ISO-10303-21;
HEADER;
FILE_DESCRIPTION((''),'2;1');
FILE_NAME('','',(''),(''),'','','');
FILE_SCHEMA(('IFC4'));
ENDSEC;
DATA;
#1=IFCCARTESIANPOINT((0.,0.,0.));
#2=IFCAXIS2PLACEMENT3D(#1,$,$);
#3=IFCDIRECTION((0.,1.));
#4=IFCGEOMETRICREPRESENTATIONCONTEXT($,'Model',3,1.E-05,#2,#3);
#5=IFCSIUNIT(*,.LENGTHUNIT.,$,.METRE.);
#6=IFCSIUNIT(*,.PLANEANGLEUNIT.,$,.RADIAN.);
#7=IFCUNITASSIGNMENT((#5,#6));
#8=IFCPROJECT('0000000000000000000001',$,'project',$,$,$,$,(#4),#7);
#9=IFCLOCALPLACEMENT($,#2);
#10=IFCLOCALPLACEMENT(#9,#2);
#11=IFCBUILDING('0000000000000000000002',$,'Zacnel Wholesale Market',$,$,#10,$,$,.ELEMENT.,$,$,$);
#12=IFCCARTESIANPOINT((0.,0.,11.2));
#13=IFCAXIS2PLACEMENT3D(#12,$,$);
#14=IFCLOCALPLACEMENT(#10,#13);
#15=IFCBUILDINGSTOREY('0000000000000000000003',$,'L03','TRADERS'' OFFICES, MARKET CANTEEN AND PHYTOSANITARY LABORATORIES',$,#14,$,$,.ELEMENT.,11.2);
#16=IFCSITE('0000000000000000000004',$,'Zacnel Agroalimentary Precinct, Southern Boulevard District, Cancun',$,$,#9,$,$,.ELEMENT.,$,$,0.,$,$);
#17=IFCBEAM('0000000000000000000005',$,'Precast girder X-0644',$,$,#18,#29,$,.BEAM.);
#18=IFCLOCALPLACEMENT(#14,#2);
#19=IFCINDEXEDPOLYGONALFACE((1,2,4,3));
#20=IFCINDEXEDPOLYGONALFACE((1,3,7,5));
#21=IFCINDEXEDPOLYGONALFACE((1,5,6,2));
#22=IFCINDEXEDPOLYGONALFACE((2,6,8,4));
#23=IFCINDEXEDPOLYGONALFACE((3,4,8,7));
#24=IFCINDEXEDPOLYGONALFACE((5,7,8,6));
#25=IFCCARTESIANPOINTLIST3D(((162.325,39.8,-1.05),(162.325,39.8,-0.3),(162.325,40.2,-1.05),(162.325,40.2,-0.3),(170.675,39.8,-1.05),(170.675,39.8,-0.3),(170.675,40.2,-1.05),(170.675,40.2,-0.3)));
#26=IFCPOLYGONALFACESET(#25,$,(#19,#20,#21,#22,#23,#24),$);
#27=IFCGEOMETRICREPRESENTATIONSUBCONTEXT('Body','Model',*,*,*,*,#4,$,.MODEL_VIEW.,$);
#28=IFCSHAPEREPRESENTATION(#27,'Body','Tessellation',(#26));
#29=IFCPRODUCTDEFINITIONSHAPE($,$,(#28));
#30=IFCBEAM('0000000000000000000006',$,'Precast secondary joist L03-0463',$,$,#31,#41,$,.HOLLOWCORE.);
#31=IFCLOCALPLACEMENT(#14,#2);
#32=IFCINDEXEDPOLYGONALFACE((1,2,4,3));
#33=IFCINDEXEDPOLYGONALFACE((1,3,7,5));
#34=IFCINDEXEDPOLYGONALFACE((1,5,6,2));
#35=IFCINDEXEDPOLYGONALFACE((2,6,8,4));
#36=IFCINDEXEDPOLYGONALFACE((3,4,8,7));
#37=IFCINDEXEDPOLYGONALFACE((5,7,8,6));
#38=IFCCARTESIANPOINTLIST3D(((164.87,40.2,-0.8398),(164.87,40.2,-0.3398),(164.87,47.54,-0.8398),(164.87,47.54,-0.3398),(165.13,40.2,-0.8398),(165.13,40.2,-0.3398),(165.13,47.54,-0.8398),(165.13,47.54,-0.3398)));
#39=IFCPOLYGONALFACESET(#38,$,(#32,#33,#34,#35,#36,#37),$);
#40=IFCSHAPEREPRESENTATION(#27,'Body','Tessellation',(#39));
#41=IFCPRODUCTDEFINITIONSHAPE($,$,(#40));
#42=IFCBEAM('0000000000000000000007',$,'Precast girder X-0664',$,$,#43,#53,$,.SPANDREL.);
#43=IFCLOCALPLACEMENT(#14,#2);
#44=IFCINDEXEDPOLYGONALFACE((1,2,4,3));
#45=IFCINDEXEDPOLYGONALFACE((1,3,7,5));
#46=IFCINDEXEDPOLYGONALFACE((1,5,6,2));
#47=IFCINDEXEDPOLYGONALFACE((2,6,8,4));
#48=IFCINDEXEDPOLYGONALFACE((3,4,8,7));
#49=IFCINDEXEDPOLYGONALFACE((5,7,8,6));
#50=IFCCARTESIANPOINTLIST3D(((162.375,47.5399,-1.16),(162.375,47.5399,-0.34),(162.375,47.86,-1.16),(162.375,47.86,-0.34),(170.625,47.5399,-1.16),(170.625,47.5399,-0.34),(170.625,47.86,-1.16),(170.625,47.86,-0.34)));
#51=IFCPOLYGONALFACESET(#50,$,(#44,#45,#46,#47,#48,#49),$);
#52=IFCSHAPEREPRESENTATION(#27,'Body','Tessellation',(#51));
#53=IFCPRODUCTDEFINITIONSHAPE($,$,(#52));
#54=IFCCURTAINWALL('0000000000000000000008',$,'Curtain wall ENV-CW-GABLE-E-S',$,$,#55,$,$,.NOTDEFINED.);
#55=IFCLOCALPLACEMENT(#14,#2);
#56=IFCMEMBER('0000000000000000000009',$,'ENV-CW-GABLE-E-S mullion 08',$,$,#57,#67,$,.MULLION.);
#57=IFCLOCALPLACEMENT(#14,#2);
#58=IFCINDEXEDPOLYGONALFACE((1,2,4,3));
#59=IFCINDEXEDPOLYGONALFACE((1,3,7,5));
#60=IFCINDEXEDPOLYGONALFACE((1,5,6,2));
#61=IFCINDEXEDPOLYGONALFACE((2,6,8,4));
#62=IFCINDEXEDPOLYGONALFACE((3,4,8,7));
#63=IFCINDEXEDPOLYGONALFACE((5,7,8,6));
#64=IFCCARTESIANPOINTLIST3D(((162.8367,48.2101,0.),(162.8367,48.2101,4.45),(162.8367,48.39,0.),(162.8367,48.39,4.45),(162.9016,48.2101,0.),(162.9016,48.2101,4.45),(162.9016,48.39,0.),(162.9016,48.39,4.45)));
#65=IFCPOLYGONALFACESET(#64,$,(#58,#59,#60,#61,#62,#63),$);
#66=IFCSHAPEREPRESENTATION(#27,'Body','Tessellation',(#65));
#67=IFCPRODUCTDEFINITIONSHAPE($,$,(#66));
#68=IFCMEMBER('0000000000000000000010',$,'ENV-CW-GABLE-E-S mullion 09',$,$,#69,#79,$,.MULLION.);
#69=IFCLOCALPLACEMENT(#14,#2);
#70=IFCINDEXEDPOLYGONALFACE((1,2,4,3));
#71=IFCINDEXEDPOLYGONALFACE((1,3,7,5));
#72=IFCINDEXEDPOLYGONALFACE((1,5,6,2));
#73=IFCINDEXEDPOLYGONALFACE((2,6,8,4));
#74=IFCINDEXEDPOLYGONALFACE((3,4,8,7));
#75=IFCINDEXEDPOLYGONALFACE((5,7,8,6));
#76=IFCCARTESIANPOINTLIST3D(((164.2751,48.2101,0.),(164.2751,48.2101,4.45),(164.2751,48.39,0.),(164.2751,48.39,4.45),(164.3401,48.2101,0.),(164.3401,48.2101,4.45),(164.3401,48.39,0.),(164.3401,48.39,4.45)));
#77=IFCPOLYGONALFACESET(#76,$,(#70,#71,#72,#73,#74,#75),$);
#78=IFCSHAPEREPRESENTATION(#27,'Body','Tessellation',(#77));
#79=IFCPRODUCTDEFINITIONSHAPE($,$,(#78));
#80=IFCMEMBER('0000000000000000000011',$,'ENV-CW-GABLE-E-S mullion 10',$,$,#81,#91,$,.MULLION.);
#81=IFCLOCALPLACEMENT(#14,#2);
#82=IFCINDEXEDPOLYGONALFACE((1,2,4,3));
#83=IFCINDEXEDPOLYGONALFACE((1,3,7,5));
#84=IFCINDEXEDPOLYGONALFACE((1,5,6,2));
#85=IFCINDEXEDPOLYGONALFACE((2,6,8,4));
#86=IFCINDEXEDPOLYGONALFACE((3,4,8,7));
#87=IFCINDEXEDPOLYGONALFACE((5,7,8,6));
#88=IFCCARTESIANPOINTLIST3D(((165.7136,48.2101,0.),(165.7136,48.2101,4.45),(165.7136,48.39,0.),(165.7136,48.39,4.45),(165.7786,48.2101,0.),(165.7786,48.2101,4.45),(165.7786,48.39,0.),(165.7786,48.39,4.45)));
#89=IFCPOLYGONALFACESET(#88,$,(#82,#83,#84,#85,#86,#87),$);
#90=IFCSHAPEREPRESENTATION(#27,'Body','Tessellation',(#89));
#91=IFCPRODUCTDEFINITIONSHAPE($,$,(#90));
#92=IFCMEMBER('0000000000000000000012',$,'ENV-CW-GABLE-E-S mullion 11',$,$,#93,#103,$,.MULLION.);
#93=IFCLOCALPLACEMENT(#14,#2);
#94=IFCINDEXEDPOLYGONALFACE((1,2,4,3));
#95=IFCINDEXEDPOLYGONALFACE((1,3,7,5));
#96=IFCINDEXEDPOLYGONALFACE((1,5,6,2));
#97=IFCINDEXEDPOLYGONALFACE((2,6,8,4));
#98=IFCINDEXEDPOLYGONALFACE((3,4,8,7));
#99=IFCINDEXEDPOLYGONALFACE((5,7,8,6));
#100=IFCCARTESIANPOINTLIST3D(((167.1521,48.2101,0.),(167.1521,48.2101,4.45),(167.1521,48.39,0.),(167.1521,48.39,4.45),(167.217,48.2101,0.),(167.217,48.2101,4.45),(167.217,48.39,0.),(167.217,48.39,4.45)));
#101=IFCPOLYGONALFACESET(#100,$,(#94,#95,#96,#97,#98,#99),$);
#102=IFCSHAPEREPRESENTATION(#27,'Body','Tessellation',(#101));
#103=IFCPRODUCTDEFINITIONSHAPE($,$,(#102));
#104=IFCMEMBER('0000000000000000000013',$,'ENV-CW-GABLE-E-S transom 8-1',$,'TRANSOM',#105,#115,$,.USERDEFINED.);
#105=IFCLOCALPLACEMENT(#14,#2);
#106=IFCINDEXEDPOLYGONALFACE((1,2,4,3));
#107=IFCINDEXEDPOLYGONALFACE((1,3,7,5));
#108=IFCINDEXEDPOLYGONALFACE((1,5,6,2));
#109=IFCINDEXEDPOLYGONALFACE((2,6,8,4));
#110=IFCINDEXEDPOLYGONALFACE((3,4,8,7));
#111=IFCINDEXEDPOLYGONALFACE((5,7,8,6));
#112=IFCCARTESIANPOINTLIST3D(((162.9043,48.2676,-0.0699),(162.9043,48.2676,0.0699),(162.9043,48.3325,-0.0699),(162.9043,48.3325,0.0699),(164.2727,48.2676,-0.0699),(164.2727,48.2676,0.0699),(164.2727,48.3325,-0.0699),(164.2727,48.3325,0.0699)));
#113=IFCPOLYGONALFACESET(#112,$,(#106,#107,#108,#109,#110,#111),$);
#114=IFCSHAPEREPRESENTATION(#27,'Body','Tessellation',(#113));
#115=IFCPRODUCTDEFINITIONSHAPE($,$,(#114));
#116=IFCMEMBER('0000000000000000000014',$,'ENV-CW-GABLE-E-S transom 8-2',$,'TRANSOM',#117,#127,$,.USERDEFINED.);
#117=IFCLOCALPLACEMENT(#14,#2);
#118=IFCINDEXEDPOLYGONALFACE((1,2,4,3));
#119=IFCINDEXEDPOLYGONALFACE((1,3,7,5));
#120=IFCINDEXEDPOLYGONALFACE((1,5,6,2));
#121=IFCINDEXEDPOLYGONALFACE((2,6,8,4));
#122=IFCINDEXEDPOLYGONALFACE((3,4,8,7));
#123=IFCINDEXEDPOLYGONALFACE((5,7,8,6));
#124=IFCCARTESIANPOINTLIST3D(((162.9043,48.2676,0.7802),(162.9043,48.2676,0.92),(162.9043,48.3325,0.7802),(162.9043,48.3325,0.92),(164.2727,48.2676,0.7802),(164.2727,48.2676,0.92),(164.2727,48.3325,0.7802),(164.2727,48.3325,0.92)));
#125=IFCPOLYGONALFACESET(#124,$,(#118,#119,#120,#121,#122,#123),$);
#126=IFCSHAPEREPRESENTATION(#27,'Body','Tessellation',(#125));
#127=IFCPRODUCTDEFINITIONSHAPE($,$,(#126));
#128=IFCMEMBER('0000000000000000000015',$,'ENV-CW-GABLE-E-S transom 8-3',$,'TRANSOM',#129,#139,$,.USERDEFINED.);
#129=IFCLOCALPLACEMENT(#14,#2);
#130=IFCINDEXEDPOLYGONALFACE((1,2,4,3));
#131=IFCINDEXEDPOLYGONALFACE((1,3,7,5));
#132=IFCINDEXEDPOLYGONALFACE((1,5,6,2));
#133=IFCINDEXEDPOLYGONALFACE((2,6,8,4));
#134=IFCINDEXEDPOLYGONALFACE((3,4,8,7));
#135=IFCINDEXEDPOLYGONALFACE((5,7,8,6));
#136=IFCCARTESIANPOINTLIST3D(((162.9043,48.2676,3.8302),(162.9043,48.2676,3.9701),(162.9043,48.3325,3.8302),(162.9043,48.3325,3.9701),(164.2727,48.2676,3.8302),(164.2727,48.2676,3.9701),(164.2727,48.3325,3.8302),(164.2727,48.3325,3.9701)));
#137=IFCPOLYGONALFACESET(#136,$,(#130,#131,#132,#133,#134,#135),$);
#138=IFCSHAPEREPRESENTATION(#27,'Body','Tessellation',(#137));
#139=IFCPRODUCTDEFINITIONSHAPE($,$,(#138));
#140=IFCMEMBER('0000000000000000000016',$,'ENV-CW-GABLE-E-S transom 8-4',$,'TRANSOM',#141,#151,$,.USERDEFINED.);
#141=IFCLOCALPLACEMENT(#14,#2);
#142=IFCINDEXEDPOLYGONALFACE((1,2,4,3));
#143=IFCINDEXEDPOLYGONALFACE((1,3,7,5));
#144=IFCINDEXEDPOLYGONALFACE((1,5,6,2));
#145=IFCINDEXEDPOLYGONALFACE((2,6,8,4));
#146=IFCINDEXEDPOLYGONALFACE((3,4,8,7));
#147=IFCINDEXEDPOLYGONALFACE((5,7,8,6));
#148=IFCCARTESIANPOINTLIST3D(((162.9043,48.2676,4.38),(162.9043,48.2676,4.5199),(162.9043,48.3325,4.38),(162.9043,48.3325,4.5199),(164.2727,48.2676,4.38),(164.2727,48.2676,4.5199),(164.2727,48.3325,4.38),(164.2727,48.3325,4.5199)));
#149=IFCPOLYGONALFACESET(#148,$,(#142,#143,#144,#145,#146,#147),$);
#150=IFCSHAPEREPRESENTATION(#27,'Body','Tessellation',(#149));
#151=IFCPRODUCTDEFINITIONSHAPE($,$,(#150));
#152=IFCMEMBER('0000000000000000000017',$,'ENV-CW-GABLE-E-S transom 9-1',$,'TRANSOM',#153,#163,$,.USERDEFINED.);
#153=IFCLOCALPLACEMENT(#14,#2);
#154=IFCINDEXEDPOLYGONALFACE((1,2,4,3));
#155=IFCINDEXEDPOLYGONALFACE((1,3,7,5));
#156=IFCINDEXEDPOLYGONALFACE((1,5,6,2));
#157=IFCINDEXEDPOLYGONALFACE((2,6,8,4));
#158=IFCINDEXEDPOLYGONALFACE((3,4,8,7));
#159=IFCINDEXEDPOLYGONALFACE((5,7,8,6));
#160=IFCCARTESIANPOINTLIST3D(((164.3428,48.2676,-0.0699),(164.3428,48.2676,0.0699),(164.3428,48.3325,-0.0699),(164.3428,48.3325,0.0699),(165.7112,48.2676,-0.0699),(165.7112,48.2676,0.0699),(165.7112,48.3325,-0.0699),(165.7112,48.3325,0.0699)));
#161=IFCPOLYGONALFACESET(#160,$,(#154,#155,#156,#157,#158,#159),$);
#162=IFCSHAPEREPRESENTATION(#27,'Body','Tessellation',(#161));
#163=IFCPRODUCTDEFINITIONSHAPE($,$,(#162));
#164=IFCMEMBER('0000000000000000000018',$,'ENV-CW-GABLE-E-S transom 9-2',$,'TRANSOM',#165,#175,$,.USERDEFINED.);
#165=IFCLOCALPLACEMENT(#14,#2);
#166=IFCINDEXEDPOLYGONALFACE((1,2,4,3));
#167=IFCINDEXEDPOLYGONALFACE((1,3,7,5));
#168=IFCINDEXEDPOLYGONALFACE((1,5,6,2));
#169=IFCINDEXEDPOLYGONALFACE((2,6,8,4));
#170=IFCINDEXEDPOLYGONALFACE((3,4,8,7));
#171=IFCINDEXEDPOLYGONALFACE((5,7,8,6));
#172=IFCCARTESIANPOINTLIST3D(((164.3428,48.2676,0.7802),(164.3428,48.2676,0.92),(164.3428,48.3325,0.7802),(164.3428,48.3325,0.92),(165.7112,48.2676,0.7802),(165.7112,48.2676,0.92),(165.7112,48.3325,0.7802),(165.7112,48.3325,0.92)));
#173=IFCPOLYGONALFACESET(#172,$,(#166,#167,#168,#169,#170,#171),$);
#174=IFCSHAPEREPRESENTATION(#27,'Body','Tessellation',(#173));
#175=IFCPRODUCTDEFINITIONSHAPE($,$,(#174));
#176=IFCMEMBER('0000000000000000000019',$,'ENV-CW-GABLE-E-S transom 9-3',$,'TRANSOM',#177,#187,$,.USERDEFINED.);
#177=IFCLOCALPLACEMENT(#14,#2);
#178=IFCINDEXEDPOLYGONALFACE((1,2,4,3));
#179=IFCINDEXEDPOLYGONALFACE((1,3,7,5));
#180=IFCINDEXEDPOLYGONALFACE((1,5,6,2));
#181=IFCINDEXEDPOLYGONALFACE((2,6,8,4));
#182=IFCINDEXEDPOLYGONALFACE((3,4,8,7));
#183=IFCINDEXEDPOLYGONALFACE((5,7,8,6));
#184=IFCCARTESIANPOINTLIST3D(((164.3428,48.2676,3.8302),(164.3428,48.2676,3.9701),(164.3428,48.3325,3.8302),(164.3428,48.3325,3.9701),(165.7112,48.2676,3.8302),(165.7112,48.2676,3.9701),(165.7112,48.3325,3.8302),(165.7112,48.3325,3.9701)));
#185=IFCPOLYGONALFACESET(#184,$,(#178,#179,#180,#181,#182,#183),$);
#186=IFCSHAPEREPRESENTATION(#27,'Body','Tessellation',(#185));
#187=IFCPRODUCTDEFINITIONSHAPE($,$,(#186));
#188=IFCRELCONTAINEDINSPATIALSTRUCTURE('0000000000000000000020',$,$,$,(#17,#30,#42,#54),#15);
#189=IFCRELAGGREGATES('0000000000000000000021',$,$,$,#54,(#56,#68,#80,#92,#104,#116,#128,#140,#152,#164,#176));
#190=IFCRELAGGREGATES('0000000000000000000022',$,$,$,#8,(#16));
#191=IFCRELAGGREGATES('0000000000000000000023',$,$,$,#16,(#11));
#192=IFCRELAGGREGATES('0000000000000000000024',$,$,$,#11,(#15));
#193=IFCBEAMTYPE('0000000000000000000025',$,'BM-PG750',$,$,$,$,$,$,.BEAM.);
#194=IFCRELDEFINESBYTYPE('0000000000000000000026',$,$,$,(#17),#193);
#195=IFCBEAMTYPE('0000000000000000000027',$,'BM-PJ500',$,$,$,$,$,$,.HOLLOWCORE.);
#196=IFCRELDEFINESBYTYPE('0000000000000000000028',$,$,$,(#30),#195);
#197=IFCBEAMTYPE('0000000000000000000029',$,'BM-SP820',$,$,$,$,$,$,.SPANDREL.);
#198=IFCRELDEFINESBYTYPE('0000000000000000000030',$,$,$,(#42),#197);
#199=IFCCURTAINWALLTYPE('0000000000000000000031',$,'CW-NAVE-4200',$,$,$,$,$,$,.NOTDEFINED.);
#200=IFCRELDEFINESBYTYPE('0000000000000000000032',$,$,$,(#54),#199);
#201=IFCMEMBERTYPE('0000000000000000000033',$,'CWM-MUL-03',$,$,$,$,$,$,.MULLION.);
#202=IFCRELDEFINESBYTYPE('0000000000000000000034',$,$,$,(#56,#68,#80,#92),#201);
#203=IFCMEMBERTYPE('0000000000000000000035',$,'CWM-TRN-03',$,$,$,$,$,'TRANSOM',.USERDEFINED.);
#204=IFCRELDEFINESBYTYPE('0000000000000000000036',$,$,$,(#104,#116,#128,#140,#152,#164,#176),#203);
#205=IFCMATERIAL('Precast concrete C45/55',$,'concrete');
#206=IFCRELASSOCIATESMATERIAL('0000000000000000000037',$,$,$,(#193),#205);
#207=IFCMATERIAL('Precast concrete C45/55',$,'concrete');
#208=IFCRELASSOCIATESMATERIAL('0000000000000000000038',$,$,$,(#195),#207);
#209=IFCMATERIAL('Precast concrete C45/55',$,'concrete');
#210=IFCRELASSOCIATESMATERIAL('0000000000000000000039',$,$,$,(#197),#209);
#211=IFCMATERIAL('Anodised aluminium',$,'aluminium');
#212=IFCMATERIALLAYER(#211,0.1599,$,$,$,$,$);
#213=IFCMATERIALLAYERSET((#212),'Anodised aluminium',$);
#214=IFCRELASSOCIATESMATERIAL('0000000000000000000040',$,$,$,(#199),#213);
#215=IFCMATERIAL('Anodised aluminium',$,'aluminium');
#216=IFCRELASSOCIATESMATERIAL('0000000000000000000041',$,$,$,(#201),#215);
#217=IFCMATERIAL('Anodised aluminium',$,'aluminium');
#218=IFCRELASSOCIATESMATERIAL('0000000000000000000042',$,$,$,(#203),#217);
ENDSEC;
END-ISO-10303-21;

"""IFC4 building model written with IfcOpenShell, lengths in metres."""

from ifc_helpers import new_model, si_unit, direction, frame, origin, origin_2d, place, context, subcontext, project, spatial, rectangle, extrude, material, layer, layer_set, material_profile, profile_set, type_object, element, aggregate, save


model = new_model("IFC4")

# Units and contexts
model_context = context("Model", 3, precision=1e-05, world=origin(), true_north=direction((0.0, 1.0)))
body_context = subcontext(model_context, "Body", "Model", "MODEL_VIEW")
ifc_project = project(units=[si_unit("LENGTHUNIT", "METRE"), si_unit("PLANEANGLEUNIT", "RADIAN")], contexts=[model_context])

# Site, building, storey
site_placement = place(None, origin())
site = spatial("IfcSite", under=ifc_project, at=site_placement, Name="Zacnel Agroalimentary Precinct, Southern Boulevard District, Cancun", CompositionType="ELEMENT", RefElevation=0.0)
building_placement = place(site_placement, origin())
building = spatial("IfcBuilding", under=site, at=building_placement, Name="Zacnel Wholesale Market", CompositionType="ELEMENT")
storey_placement = place(building_placement, frame((0.0, 0.0, 11.2)))
storey = spatial("IfcBuildingStorey", under=building, at=storey_placement, Name="L03", Description="TRADERS' OFFICES, MARKET CANTEEN AND PHYTOSANITARY LABORATORIES", CompositionType="ELEMENT", Elevation=11.2)

# Beams
ifc_material_1 = material(Name="Precast concrete C45/55", Category="concrete")
ifc_material_profile_1 = material_profile(ifc_material_1, rectangle(XDim=0.3999, YDim=0.75, at=origin_2d()), Name="PG 400x750")
ifc_profile_set_1 = profile_set([ifc_material_profile_1], Name="Precast concrete C45/55")
beam_type_1 = type_object("IfcBeamType", Name="BM-PG750", PredefinedType="BEAM", material=ifc_profile_set_1)
beam_1_placement = place(storey_placement, frame((162.325, 40.0, -0.675), z_axis=(1.0, 0.0, 0.0), x_axis=(0.0, 1.0, 0.0)))
element("IfcBeam", 1, at=beam_1_placement, inside=storey, type_object=beam_type_1, Name="Precast girder X-0644", PredefinedType="BEAM", context=body_context, shape_type="SweptSolid", body=[
    extrude(rectangle(XDim=0.3999, YDim=0.75, at=origin_2d()), origin(), (0.0, 0.0, 1.0), 8.3501),
])
ifc_material_2 = material(Name="Precast concrete C45/55", Category="concrete")
ifc_material_profile_2 = material_profile(ifc_material_2, rectangle(XDim=0.26, YDim=0.5, at=origin_2d()), Name="PJ 260x500")
ifc_profile_set_2 = profile_set([ifc_material_profile_2], Name="Precast concrete C45/55")
beam_type_2 = type_object("IfcBeamType", Name="BM-PJ500", PredefinedType="HOLLOWCORE", material=ifc_profile_set_2)
beam_2_placement = place(storey_placement, frame((165.0, 40.2, -0.5898), z_axis=(0.0, 1.0, 0.0), x_axis=(-1.0, 0.0, 0.0)))
element("IfcBeam", 2, at=beam_2_placement, inside=storey, type_object=beam_type_2, Name="Precast secondary joist L03-0463", PredefinedType="HOLLOWCORE", context=body_context, shape_type="SweptSolid", body=[
    extrude(rectangle(XDim=0.26, YDim=0.5, at=origin_2d()), origin(), (0.0, 0.0, 1.0), 7.3401),
])
ifc_material_3 = material(Name="Precast concrete C45/55", Category="concrete")
ifc_material_profile_3 = material_profile(ifc_material_3, rectangle(XDim=0.3201, YDim=0.8201, at=origin_2d()), Name="SP 320x820")
ifc_profile_set_3 = profile_set([ifc_material_profile_3], Name="Precast concrete C45/55")
beam_type_3 = type_object("IfcBeamType", Name="BM-SP820", PredefinedType="SPANDREL", material=ifc_profile_set_3)
beam_3_placement = place(storey_placement, frame((162.375, 47.7, -0.75), z_axis=(1.0, 0.0, 0.0), x_axis=(0.0, 1.0, 0.0)))
element("IfcBeam", 3, at=beam_3_placement, inside=storey, type_object=beam_type_3, Name="Precast girder X-0664", PredefinedType="SPANDREL", context=body_context, shape_type="SweptSolid", body=[
    extrude(rectangle(XDim=0.3201, YDim=0.8201, at=origin_2d()), origin(), (0.0, 0.0, 1.0), 8.25),
])

# Curtain wall, members
ifc_material_4 = material(Name="Anodised aluminium", Category="aluminium")
ifc_layer_1 = layer(ifc_material_4, 0.1599)
ifc_layer_set_1 = layer_set([ifc_layer_1], Name="Anodised aluminium")
curtain_wall_type = type_object("IfcCurtainWallType", Name="CW-NAVE-4200", PredefinedType="NOTDEFINED", material=ifc_layer_set_1)
curtain_wall_placement = place(storey_placement, origin())
curtain_wall = element("IfcCurtainWall", 4, at=curtain_wall_placement, inside=storey, type_object=curtain_wall_type, Name="Curtain wall ENV-CW-GABLE-E-S", PredefinedType="NOTDEFINED")
ifc_material_5 = material(Name="Anodised aluminium", Category="aluminium")
ifc_material_profile_4 = material_profile(ifc_material_5, rectangle(XDim=0.0649, YDim=0.1799, at=origin_2d()), Name="AW-MULLION 65x180")
ifc_profile_set_4 = profile_set([ifc_material_profile_4], Name="Anodised aluminium")
member_type_1 = type_object("IfcMemberType", Name="CWM-MUL-03", PredefinedType="MULLION", material=ifc_profile_set_4)
member_1_placement = place(storey_placement, frame((162.8691, 48.3, 0.0), z_axis=(0.0, 0.0, 1.0), x_axis=(1.0, 0.0, 0.0)))
member_1 = element("IfcMember", 5, at=member_1_placement, type_object=member_type_1, Name="ENV-CW-GABLE-E-S mullion 08", PredefinedType="MULLION", context=body_context, shape_type="SweptSolid", body=[
    extrude(rectangle(XDim=0.0649, YDim=0.1799, at=origin_2d()), origin(), (0.0, 0.0, 1.0), 4.45),
])
member_2_placement = place(storey_placement, frame((164.3076, 48.3, 0.0), z_axis=(0.0, 0.0, 1.0), x_axis=(1.0, 0.0, 0.0)))
member_2 = element("IfcMember", 6, at=member_2_placement, type_object=member_type_1, Name="ENV-CW-GABLE-E-S mullion 09", PredefinedType="MULLION", context=body_context, shape_type="SweptSolid", body=[
    extrude(rectangle(XDim=0.0649, YDim=0.1799, at=origin_2d()), origin(), (0.0, 0.0, 1.0), 4.45),
])
member_3_placement = place(storey_placement, frame((165.7461, 48.3, 0.0), z_axis=(0.0, 0.0, 1.0), x_axis=(1.0, 0.0, 0.0)))
member_3 = element("IfcMember", 7, at=member_3_placement, type_object=member_type_1, Name="ENV-CW-GABLE-E-S mullion 10", PredefinedType="MULLION", context=body_context, shape_type="SweptSolid", body=[
    extrude(rectangle(XDim=0.0649, YDim=0.1799, at=origin_2d()), origin(), (0.0, 0.0, 1.0), 4.45),
])
member_4_placement = place(storey_placement, frame((167.1846, 48.3, 0.0), z_axis=(0.0, 0.0, 1.0), x_axis=(1.0, 0.0, 0.0)))
member_4 = element("IfcMember", 8, at=member_4_placement, type_object=member_type_1, Name="ENV-CW-GABLE-E-S mullion 11", PredefinedType="MULLION", context=body_context, shape_type="SweptSolid", body=[
    extrude(rectangle(XDim=0.0649, YDim=0.1799, at=origin_2d()), origin(), (0.0, 0.0, 1.0), 4.45),
])
ifc_material_6 = material(Name="Anodised aluminium", Category="aluminium")
ifc_material_profile_5 = material_profile(ifc_material_6, rectangle(XDim=0.0649, YDim=0.1399, at=origin_2d()), Name="AW-TRANSOM 65x140")
ifc_profile_set_5 = profile_set([ifc_material_profile_5], Name="Anodised aluminium")
member_type_2 = type_object("IfcMemberType", Name="CWM-TRN-03", ElementType="TRANSOM", PredefinedType="USERDEFINED", material=ifc_profile_set_5)
member_5_placement = place(storey_placement, frame((162.9043, 48.3, 0.0), z_axis=(1.0, 0.0, 0.0), x_axis=(0.0, 1.0, 0.0)))
member_5 = element("IfcMember", 9, at=member_5_placement, type_object=member_type_2, Name="ENV-CW-GABLE-E-S transom 8-1", ObjectType="TRANSOM", PredefinedType="USERDEFINED", context=body_context, shape_type="SweptSolid", body=[
    extrude(rectangle(XDim=0.0649, YDim=0.1399, at=origin_2d()), origin(), (0.0, 0.0, 1.0), 1.3684),
])
member_6_placement = place(storey_placement, frame((162.9043, 48.3, 0.8501), z_axis=(1.0, 0.0, 0.0), x_axis=(0.0, 1.0, 0.0)))
member_6 = element("IfcMember", 10, at=member_6_placement, type_object=member_type_2, Name="ENV-CW-GABLE-E-S transom 8-2", ObjectType="TRANSOM", PredefinedType="USERDEFINED", context=body_context, shape_type="SweptSolid", body=[
    extrude(rectangle(XDim=0.0649, YDim=0.1399, at=origin_2d()), origin(), (0.0, 0.0, 1.0), 1.3684),
])
member_7_placement = place(storey_placement, frame((162.9043, 48.3, 3.9001), z_axis=(1.0, 0.0, 0.0), x_axis=(0.0, 1.0, 0.0)))
member_7 = element("IfcMember", 11, at=member_7_placement, type_object=member_type_2, Name="ENV-CW-GABLE-E-S transom 8-3", ObjectType="TRANSOM", PredefinedType="USERDEFINED", context=body_context, shape_type="SweptSolid", body=[
    extrude(rectangle(XDim=0.0649, YDim=0.1399, at=origin_2d()), origin(), (0.0, 0.0, 1.0), 1.3684),
])
member_8_placement = place(storey_placement, frame((162.9043, 48.3, 4.45), z_axis=(1.0, 0.0, 0.0), x_axis=(0.0, 1.0, 0.0)))
member_8 = element("IfcMember", 12, at=member_8_placement, type_object=member_type_2, Name="ENV-CW-GABLE-E-S transom 8-4", ObjectType="TRANSOM", PredefinedType="USERDEFINED", context=body_context, shape_type="SweptSolid", body=[
    extrude(rectangle(XDim=0.0649, YDim=0.1399, at=origin_2d()), origin(), (0.0, 0.0, 1.0), 1.3684),
])
member_9_placement = place(storey_placement, frame((164.3428, 48.3, 0.0), z_axis=(1.0, 0.0, 0.0), x_axis=(0.0, 1.0, 0.0)))
member_9 = element("IfcMember", 13, at=member_9_placement, type_object=member_type_2, Name="ENV-CW-GABLE-E-S transom 9-1", ObjectType="TRANSOM", PredefinedType="USERDEFINED", context=body_context, shape_type="SweptSolid", body=[
    extrude(rectangle(XDim=0.0649, YDim=0.1399, at=origin_2d()), origin(), (0.0, 0.0, 1.0), 1.3684),
])
member_10_placement = place(storey_placement, frame((164.3428, 48.3, 0.8501), z_axis=(1.0, 0.0, 0.0), x_axis=(0.0, 1.0, 0.0)))
member_10 = element("IfcMember", 14, at=member_10_placement, type_object=member_type_2, Name="ENV-CW-GABLE-E-S transom 9-2", ObjectType="TRANSOM", PredefinedType="USERDEFINED", context=body_context, shape_type="SweptSolid", body=[
    extrude(rectangle(XDim=0.0649, YDim=0.1399, at=origin_2d()), origin(), (0.0, 0.0, 1.0), 1.3684),
])
member_11_placement = place(storey_placement, frame((164.3428, 48.3, 3.9001), z_axis=(1.0, 0.0, 0.0), x_axis=(0.0, 1.0, 0.0)))
member_11 = element("IfcMember", 15, at=member_11_placement, type_object=member_type_2, Name="ENV-CW-GABLE-E-S transom 9-3", ObjectType="TRANSOM", PredefinedType="USERDEFINED", context=body_context, shape_type="SweptSolid", body=[
    extrude(rectangle(XDim=0.0649, YDim=0.1399, at=origin_2d()), origin(), (0.0, 0.0, 1.0), 1.3684),
])
aggregate(curtain_wall, [member_1, member_2, member_3, member_4, member_5, member_6, member_7, member_8, member_9, member_10, member_11])

save(model, "model.ifc")
